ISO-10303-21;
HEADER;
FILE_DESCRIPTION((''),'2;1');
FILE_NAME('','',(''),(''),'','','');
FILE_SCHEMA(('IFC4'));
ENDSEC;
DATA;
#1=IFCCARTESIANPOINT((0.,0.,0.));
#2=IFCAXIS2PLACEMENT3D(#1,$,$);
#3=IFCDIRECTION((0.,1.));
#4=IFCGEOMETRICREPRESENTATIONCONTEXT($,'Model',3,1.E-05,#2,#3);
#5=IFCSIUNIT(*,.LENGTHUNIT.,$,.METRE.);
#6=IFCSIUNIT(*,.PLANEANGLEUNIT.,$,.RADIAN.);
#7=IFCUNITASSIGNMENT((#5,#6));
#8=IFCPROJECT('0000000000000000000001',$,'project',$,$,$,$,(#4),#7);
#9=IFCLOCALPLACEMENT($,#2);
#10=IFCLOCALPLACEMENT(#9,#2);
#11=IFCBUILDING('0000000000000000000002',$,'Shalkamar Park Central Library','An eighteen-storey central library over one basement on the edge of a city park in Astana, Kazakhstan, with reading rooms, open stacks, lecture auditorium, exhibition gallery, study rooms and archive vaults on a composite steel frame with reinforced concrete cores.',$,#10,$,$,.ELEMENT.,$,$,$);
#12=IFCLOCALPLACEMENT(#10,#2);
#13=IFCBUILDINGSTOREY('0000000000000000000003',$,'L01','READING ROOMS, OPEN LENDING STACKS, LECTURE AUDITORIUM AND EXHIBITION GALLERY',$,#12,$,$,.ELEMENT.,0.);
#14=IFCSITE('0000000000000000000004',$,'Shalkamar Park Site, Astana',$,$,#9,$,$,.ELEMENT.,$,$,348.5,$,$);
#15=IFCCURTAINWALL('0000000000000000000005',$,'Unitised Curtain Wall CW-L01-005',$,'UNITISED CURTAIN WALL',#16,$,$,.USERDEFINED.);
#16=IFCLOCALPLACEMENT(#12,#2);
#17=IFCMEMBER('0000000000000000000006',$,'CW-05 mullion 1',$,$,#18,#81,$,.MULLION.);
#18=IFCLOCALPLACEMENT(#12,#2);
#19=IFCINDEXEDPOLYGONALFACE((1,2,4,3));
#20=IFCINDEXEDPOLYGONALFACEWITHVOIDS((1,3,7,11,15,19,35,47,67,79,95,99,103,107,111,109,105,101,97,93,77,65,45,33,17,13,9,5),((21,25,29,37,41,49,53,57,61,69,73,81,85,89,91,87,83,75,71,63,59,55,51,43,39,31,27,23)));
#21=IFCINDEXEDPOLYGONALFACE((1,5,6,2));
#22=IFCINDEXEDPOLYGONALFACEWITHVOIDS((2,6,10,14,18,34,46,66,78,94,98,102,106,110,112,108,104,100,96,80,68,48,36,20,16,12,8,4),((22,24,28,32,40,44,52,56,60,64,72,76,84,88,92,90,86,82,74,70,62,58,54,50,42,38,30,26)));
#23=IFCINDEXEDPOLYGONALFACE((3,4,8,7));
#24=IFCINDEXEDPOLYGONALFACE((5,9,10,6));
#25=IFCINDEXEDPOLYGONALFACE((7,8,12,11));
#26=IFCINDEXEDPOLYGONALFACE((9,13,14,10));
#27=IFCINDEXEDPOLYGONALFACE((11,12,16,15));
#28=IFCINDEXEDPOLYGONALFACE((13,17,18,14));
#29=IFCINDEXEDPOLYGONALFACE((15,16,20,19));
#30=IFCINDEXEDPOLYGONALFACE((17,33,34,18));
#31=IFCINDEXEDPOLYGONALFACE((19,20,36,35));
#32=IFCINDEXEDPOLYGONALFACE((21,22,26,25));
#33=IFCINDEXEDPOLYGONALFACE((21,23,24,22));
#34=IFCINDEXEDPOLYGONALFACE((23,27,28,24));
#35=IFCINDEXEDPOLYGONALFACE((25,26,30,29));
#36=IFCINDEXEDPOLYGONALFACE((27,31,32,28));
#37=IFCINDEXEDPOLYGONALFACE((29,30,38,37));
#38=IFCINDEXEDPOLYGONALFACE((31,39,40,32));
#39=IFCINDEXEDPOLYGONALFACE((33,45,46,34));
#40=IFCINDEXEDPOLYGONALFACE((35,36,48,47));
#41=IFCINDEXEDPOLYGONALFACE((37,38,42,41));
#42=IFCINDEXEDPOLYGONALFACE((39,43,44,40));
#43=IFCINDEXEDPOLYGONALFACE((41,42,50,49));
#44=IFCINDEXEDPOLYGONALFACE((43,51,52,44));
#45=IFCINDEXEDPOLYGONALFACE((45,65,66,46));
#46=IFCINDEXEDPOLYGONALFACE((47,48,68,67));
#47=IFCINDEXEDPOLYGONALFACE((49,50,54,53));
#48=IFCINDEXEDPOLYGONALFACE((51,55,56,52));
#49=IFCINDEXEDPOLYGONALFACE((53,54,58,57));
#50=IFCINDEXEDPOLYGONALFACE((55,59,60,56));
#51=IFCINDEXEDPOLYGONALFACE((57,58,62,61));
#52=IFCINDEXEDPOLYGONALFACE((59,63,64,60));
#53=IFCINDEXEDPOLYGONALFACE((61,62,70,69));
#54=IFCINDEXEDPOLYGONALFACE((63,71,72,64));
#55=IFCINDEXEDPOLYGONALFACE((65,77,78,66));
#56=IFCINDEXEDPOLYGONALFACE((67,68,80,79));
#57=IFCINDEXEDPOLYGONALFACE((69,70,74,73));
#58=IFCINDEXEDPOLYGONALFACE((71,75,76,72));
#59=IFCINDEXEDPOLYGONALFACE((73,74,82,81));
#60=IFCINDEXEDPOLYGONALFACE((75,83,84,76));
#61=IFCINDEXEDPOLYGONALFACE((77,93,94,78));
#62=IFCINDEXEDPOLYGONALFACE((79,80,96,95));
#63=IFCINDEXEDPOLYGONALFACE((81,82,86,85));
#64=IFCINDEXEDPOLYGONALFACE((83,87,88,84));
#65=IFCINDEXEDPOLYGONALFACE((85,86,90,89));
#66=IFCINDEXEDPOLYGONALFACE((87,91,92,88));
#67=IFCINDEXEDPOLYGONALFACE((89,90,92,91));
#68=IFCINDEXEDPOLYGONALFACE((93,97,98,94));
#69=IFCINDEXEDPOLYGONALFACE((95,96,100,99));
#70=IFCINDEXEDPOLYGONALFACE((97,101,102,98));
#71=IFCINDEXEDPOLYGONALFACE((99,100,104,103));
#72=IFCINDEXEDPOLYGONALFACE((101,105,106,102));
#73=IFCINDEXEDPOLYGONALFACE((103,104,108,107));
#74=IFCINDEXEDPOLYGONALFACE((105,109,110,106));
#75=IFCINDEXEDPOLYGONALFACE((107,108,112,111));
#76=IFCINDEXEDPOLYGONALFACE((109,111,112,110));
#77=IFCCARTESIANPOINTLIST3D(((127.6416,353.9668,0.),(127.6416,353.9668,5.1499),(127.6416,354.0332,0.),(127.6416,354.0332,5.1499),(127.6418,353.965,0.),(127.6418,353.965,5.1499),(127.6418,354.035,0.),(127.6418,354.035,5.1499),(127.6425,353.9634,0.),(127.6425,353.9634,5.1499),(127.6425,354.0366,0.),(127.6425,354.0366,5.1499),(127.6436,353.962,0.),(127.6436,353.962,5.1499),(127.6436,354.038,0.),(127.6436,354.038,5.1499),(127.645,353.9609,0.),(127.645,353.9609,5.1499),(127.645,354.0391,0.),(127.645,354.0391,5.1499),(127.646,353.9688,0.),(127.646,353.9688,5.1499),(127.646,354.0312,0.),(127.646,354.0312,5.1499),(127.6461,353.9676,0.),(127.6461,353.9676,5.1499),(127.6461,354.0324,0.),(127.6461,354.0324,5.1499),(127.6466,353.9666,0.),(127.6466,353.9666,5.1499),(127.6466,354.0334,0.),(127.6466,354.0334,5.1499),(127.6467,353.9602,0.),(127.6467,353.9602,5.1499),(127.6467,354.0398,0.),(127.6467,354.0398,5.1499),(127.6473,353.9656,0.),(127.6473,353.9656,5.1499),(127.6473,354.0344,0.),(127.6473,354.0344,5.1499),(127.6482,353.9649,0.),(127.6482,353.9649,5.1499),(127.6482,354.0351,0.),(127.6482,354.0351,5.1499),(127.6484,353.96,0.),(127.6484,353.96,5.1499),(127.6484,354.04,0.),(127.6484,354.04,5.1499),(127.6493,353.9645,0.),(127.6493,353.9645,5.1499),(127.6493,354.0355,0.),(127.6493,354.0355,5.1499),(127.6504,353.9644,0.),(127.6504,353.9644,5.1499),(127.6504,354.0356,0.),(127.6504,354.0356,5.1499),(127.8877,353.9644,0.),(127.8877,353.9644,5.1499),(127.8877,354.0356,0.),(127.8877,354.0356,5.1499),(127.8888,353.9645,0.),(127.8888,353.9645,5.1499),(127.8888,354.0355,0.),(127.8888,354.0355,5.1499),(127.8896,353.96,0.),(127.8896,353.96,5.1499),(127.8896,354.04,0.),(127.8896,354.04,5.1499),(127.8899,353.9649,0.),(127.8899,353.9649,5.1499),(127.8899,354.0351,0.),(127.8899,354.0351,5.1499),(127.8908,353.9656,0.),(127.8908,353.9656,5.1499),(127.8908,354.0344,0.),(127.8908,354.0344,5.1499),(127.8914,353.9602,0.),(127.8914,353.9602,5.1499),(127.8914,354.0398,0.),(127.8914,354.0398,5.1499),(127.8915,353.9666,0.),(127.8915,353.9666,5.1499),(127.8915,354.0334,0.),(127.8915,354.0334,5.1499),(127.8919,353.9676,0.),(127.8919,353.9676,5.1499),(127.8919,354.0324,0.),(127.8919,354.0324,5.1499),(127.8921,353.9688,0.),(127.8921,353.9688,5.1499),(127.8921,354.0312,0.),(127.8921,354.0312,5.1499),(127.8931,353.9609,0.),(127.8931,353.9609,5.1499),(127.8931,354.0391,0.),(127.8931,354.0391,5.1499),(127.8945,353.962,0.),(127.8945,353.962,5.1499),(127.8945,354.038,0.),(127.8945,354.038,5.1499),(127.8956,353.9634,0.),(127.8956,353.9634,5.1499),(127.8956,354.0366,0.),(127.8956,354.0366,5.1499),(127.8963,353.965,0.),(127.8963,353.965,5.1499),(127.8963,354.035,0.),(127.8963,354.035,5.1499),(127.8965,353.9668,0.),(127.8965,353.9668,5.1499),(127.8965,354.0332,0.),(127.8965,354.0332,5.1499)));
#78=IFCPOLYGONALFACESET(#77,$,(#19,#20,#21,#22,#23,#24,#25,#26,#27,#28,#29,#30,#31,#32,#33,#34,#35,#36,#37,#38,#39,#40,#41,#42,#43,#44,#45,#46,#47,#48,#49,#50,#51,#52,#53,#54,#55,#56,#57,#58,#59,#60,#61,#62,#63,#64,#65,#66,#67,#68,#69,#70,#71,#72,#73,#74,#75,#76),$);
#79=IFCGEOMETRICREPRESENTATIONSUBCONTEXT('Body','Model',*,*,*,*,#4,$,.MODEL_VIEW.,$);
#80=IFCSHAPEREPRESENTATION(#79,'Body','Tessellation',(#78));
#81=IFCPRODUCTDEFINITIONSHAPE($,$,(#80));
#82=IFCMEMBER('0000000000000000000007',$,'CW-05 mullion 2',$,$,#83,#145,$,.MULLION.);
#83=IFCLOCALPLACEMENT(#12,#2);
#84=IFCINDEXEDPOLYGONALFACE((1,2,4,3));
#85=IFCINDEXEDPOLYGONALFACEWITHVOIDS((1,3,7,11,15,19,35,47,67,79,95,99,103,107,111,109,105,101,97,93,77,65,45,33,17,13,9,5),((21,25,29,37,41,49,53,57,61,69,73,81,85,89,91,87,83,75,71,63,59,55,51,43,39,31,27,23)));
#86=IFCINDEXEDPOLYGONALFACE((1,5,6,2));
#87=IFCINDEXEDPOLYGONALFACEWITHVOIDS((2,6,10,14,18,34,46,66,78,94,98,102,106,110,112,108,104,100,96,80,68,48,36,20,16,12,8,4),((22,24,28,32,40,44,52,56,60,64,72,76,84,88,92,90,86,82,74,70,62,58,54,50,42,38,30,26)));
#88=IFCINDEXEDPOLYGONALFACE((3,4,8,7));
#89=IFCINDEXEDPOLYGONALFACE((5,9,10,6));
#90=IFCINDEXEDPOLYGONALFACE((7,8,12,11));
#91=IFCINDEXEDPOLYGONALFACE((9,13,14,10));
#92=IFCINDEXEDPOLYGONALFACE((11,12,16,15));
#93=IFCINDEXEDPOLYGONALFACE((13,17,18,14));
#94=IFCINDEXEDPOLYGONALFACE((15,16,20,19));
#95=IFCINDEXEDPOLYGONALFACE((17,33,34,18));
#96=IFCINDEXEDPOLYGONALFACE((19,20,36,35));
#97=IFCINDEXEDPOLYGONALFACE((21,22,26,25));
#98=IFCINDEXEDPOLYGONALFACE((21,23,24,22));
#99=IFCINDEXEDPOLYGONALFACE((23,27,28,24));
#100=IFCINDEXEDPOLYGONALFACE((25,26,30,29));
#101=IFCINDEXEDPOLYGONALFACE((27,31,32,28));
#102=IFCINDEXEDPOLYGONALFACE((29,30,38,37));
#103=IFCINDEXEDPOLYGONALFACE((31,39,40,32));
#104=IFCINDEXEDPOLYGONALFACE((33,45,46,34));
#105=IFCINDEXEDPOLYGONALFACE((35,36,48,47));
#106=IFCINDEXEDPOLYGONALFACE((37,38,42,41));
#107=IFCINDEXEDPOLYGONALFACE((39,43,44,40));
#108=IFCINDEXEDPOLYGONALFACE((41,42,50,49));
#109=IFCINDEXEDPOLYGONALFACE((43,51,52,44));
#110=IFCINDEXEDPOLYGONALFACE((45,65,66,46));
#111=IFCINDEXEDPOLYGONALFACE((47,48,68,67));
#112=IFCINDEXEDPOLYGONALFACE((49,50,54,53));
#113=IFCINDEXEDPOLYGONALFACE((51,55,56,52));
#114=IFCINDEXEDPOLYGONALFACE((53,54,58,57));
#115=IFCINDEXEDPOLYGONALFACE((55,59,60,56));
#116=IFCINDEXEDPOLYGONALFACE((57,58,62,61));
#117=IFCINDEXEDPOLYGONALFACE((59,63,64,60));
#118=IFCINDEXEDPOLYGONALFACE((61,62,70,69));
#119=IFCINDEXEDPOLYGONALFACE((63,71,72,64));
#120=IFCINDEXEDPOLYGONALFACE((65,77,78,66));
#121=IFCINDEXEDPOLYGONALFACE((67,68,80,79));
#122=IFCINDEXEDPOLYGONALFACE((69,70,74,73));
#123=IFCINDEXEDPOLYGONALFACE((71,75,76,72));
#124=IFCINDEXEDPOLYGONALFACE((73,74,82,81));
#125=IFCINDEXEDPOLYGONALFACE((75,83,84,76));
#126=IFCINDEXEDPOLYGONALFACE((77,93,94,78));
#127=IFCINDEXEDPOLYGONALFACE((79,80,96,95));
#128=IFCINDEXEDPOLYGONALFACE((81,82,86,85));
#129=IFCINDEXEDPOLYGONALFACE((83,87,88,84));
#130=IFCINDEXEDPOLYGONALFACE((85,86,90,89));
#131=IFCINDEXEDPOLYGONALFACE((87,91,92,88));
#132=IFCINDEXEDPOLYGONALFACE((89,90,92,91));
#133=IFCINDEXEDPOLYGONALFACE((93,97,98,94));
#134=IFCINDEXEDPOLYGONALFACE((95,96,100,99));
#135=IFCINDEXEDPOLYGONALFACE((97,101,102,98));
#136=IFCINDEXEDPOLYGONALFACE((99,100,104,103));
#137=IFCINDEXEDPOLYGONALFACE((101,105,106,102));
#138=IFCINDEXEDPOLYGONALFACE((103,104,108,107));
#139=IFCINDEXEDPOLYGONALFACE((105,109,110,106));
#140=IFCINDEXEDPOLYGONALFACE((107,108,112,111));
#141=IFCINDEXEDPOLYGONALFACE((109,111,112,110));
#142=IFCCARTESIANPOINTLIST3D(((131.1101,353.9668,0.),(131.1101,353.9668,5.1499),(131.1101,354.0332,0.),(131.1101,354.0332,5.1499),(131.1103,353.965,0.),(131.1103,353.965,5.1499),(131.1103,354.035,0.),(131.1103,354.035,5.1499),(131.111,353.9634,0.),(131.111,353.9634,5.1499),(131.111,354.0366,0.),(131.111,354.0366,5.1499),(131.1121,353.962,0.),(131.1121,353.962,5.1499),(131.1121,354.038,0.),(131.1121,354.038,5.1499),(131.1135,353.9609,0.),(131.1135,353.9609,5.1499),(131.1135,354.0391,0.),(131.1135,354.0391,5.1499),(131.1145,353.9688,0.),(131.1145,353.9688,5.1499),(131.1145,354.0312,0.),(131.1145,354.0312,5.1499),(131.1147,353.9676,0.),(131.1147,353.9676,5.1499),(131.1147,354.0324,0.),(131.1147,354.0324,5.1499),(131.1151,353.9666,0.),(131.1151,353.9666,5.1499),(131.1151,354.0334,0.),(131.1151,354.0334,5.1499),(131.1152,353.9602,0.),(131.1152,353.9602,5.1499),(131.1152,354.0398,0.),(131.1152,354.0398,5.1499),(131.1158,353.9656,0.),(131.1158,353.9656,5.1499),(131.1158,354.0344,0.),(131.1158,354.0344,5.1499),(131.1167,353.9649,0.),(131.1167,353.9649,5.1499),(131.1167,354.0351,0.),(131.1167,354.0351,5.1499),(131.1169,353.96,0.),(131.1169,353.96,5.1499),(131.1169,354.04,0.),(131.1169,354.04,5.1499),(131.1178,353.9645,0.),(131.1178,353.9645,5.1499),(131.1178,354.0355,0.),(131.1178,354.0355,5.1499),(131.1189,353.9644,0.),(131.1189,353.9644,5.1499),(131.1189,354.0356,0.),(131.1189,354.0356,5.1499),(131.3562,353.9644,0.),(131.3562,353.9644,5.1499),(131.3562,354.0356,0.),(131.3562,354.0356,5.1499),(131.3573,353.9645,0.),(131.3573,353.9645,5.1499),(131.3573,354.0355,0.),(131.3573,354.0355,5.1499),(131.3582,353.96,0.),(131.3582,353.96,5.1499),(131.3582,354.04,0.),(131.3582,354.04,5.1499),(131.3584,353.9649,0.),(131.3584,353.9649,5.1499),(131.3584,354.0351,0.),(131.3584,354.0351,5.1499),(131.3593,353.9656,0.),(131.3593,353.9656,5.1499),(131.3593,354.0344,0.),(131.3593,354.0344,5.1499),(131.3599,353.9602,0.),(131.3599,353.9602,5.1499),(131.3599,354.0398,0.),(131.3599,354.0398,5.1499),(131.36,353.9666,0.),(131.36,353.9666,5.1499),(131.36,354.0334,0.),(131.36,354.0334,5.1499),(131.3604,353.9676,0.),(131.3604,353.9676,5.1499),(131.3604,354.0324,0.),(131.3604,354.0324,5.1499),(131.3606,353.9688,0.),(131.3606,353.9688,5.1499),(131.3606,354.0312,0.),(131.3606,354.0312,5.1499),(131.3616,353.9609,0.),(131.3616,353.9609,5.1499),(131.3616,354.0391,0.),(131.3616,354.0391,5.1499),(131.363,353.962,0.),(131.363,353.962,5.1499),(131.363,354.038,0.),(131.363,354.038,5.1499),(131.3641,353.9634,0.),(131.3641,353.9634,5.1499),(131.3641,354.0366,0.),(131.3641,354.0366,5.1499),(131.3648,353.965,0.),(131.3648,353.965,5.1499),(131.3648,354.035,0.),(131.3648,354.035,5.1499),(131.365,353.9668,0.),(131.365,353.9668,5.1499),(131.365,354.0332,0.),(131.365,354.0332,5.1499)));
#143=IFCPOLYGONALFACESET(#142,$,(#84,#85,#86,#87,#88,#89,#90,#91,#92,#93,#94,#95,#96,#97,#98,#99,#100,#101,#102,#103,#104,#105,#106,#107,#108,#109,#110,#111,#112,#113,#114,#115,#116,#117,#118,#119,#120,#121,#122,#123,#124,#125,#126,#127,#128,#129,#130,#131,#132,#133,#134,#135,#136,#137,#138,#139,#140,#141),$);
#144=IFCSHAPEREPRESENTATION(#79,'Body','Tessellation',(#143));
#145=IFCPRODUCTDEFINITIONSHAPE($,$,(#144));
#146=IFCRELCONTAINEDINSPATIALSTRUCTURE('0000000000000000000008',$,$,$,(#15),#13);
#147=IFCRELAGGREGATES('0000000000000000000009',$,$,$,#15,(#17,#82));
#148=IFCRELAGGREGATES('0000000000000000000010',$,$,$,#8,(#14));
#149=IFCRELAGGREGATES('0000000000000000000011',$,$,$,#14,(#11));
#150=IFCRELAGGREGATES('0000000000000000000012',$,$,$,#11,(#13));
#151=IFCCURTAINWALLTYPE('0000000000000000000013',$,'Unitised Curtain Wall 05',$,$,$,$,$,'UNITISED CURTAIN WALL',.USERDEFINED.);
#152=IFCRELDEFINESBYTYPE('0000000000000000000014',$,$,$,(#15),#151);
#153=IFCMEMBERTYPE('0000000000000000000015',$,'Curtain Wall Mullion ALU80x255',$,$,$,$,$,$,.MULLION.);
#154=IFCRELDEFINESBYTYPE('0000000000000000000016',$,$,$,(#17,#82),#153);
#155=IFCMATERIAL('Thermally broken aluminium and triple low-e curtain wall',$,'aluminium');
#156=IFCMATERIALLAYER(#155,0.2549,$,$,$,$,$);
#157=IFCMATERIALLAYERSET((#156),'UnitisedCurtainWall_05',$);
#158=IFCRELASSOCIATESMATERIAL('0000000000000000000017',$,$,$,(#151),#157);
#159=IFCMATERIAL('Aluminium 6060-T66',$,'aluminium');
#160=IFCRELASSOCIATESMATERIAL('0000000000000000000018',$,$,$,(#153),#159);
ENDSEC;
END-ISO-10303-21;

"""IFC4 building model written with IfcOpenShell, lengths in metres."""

from ifc_helpers import new_model, si_unit, direction, frame, origin, origin_2d, place, context, subcontext, project, spatial, hollow_rectangle, extrude, material, layer, layer_set, material_profile, profile_set, type_object, element, aggregate, save


model = new_model("IFC4")

# Units and contexts
model_context = context("Model", 3, precision=1e-05, world=origin(), true_north=direction((0.0, 1.0)))
body_context = subcontext(model_context, "Body", "Model", "MODEL_VIEW")
ifc_project = project(units=[si_unit("LENGTHUNIT", "METRE"), si_unit("PLANEANGLEUNIT", "RADIAN")], contexts=[model_context])

# Site, building, storey
site_placement = place(None, origin())
site = spatial("IfcSite", under=ifc_project, at=site_placement, Name="Shalkamar Park Site, Astana", CompositionType="ELEMENT", RefElevation=348.5)
building_placement = place(site_placement, origin())
building = spatial("IfcBuilding", under=site, at=building_placement, Name="Shalkamar Park Central Library", Description="An eighteen-storey central library over one basement on the edge of a city park in Astana, Kazakhstan, with reading rooms, open stacks, lecture auditorium, exhibition gallery, study rooms and archive vaults on a composite steel frame with reinforced concrete cores.", CompositionType="ELEMENT")
storey_placement = place(building_placement, origin())
storey = spatial("IfcBuildingStorey", under=building, at=storey_placement, Name="L01", Description="READING ROOMS, OPEN LENDING STACKS, LECTURE AUDITORIUM AND EXHIBITION GALLERY", CompositionType="ELEMENT", Elevation=0.0)

# Curtain wall, members
ifc_material_1 = material(Name="Thermally broken aluminium and triple low-e curtain wall", Category="aluminium")
ifc_material_2 = material(Name="Aluminium 6060-T66", Category="aluminium")
ifc_layer_1 = layer(ifc_material_1, 0.2549)
ifc_layer_set_1 = layer_set([ifc_layer_1], Name="UnitisedCurtainWall_05")
curtain_wall_type_1 = type_object("IfcCurtainWallType", Name="Unitised Curtain Wall 05", ElementType="UNITISED CURTAIN WALL", PredefinedType="USERDEFINED", material=ifc_layer_set_1)
curtain_wall_1_placement = place(storey_placement, origin())
curtain_wall_1 = element("IfcCurtainWall", 1, at=curtain_wall_1_placement, inside=storey, type_object=curtain_wall_type_1, Name="Unitised Curtain Wall CW-L01-005", ObjectType="UNITISED CURTAIN WALL", PredefinedType="USERDEFINED")
ifc_material_profile_1 = material_profile(ifc_material_2, hollow_rectangle(XDim=0.0801, YDim=0.2549, WallThickness=0.0044, InnerFilletRadius=0.0044, OuterFilletRadius=0.0068, at=origin_2d()), Name="ALU 80x255x4.5")
ifc_profile_set_1 = profile_set([ifc_material_profile_1], Name="Aluminium 6060-T66")
member_type_1 = type_object("IfcMemberType", Name="Curtain Wall Mullion ALU80x255", PredefinedType="MULLION", material=ifc_profile_set_1)
member_1_placement = place(storey_placement, frame((127.769, 354.0, 0.0), z_axis=(0.0, 0.0, 1.0), x_axis=(0.0, 1.0, 0.0)))
member_1 = element("IfcMember", 2, at=member_1_placement, type_object=member_type_1, Name="CW-05 mullion 1", PredefinedType="MULLION", context=body_context, shape_type="SweptSolid", body=[
    extrude(hollow_rectangle(XDim=0.0801, YDim=0.2549, WallThickness=0.0044, InnerFilletRadius=0.0044, OuterFilletRadius=0.0068, at=origin_2d()), origin(), (0.0, 0.0, 1.0), 5.1499),
])
member_2_placement = place(storey_placement, frame((131.2375, 354.0, 0.0), z_axis=(0.0, 0.0, 1.0), x_axis=(0.0, 1.0, 0.0)))
member_2 = element("IfcMember", 3, at=member_2_placement, type_object=member_type_1, Name="CW-05 mullion 2", PredefinedType="MULLION", context=body_context, shape_type="SweptSolid", body=[
    extrude(hollow_rectangle(XDim=0.0801, YDim=0.2549, WallThickness=0.0044, InnerFilletRadius=0.0044, OuterFilletRadius=0.0068, at=origin_2d()), origin(), (0.0, 0.0, 1.0), 5.1499),
])

aggregate(curtain_wall_1, [member_1, member_2])

save(model, "model.ifc")
